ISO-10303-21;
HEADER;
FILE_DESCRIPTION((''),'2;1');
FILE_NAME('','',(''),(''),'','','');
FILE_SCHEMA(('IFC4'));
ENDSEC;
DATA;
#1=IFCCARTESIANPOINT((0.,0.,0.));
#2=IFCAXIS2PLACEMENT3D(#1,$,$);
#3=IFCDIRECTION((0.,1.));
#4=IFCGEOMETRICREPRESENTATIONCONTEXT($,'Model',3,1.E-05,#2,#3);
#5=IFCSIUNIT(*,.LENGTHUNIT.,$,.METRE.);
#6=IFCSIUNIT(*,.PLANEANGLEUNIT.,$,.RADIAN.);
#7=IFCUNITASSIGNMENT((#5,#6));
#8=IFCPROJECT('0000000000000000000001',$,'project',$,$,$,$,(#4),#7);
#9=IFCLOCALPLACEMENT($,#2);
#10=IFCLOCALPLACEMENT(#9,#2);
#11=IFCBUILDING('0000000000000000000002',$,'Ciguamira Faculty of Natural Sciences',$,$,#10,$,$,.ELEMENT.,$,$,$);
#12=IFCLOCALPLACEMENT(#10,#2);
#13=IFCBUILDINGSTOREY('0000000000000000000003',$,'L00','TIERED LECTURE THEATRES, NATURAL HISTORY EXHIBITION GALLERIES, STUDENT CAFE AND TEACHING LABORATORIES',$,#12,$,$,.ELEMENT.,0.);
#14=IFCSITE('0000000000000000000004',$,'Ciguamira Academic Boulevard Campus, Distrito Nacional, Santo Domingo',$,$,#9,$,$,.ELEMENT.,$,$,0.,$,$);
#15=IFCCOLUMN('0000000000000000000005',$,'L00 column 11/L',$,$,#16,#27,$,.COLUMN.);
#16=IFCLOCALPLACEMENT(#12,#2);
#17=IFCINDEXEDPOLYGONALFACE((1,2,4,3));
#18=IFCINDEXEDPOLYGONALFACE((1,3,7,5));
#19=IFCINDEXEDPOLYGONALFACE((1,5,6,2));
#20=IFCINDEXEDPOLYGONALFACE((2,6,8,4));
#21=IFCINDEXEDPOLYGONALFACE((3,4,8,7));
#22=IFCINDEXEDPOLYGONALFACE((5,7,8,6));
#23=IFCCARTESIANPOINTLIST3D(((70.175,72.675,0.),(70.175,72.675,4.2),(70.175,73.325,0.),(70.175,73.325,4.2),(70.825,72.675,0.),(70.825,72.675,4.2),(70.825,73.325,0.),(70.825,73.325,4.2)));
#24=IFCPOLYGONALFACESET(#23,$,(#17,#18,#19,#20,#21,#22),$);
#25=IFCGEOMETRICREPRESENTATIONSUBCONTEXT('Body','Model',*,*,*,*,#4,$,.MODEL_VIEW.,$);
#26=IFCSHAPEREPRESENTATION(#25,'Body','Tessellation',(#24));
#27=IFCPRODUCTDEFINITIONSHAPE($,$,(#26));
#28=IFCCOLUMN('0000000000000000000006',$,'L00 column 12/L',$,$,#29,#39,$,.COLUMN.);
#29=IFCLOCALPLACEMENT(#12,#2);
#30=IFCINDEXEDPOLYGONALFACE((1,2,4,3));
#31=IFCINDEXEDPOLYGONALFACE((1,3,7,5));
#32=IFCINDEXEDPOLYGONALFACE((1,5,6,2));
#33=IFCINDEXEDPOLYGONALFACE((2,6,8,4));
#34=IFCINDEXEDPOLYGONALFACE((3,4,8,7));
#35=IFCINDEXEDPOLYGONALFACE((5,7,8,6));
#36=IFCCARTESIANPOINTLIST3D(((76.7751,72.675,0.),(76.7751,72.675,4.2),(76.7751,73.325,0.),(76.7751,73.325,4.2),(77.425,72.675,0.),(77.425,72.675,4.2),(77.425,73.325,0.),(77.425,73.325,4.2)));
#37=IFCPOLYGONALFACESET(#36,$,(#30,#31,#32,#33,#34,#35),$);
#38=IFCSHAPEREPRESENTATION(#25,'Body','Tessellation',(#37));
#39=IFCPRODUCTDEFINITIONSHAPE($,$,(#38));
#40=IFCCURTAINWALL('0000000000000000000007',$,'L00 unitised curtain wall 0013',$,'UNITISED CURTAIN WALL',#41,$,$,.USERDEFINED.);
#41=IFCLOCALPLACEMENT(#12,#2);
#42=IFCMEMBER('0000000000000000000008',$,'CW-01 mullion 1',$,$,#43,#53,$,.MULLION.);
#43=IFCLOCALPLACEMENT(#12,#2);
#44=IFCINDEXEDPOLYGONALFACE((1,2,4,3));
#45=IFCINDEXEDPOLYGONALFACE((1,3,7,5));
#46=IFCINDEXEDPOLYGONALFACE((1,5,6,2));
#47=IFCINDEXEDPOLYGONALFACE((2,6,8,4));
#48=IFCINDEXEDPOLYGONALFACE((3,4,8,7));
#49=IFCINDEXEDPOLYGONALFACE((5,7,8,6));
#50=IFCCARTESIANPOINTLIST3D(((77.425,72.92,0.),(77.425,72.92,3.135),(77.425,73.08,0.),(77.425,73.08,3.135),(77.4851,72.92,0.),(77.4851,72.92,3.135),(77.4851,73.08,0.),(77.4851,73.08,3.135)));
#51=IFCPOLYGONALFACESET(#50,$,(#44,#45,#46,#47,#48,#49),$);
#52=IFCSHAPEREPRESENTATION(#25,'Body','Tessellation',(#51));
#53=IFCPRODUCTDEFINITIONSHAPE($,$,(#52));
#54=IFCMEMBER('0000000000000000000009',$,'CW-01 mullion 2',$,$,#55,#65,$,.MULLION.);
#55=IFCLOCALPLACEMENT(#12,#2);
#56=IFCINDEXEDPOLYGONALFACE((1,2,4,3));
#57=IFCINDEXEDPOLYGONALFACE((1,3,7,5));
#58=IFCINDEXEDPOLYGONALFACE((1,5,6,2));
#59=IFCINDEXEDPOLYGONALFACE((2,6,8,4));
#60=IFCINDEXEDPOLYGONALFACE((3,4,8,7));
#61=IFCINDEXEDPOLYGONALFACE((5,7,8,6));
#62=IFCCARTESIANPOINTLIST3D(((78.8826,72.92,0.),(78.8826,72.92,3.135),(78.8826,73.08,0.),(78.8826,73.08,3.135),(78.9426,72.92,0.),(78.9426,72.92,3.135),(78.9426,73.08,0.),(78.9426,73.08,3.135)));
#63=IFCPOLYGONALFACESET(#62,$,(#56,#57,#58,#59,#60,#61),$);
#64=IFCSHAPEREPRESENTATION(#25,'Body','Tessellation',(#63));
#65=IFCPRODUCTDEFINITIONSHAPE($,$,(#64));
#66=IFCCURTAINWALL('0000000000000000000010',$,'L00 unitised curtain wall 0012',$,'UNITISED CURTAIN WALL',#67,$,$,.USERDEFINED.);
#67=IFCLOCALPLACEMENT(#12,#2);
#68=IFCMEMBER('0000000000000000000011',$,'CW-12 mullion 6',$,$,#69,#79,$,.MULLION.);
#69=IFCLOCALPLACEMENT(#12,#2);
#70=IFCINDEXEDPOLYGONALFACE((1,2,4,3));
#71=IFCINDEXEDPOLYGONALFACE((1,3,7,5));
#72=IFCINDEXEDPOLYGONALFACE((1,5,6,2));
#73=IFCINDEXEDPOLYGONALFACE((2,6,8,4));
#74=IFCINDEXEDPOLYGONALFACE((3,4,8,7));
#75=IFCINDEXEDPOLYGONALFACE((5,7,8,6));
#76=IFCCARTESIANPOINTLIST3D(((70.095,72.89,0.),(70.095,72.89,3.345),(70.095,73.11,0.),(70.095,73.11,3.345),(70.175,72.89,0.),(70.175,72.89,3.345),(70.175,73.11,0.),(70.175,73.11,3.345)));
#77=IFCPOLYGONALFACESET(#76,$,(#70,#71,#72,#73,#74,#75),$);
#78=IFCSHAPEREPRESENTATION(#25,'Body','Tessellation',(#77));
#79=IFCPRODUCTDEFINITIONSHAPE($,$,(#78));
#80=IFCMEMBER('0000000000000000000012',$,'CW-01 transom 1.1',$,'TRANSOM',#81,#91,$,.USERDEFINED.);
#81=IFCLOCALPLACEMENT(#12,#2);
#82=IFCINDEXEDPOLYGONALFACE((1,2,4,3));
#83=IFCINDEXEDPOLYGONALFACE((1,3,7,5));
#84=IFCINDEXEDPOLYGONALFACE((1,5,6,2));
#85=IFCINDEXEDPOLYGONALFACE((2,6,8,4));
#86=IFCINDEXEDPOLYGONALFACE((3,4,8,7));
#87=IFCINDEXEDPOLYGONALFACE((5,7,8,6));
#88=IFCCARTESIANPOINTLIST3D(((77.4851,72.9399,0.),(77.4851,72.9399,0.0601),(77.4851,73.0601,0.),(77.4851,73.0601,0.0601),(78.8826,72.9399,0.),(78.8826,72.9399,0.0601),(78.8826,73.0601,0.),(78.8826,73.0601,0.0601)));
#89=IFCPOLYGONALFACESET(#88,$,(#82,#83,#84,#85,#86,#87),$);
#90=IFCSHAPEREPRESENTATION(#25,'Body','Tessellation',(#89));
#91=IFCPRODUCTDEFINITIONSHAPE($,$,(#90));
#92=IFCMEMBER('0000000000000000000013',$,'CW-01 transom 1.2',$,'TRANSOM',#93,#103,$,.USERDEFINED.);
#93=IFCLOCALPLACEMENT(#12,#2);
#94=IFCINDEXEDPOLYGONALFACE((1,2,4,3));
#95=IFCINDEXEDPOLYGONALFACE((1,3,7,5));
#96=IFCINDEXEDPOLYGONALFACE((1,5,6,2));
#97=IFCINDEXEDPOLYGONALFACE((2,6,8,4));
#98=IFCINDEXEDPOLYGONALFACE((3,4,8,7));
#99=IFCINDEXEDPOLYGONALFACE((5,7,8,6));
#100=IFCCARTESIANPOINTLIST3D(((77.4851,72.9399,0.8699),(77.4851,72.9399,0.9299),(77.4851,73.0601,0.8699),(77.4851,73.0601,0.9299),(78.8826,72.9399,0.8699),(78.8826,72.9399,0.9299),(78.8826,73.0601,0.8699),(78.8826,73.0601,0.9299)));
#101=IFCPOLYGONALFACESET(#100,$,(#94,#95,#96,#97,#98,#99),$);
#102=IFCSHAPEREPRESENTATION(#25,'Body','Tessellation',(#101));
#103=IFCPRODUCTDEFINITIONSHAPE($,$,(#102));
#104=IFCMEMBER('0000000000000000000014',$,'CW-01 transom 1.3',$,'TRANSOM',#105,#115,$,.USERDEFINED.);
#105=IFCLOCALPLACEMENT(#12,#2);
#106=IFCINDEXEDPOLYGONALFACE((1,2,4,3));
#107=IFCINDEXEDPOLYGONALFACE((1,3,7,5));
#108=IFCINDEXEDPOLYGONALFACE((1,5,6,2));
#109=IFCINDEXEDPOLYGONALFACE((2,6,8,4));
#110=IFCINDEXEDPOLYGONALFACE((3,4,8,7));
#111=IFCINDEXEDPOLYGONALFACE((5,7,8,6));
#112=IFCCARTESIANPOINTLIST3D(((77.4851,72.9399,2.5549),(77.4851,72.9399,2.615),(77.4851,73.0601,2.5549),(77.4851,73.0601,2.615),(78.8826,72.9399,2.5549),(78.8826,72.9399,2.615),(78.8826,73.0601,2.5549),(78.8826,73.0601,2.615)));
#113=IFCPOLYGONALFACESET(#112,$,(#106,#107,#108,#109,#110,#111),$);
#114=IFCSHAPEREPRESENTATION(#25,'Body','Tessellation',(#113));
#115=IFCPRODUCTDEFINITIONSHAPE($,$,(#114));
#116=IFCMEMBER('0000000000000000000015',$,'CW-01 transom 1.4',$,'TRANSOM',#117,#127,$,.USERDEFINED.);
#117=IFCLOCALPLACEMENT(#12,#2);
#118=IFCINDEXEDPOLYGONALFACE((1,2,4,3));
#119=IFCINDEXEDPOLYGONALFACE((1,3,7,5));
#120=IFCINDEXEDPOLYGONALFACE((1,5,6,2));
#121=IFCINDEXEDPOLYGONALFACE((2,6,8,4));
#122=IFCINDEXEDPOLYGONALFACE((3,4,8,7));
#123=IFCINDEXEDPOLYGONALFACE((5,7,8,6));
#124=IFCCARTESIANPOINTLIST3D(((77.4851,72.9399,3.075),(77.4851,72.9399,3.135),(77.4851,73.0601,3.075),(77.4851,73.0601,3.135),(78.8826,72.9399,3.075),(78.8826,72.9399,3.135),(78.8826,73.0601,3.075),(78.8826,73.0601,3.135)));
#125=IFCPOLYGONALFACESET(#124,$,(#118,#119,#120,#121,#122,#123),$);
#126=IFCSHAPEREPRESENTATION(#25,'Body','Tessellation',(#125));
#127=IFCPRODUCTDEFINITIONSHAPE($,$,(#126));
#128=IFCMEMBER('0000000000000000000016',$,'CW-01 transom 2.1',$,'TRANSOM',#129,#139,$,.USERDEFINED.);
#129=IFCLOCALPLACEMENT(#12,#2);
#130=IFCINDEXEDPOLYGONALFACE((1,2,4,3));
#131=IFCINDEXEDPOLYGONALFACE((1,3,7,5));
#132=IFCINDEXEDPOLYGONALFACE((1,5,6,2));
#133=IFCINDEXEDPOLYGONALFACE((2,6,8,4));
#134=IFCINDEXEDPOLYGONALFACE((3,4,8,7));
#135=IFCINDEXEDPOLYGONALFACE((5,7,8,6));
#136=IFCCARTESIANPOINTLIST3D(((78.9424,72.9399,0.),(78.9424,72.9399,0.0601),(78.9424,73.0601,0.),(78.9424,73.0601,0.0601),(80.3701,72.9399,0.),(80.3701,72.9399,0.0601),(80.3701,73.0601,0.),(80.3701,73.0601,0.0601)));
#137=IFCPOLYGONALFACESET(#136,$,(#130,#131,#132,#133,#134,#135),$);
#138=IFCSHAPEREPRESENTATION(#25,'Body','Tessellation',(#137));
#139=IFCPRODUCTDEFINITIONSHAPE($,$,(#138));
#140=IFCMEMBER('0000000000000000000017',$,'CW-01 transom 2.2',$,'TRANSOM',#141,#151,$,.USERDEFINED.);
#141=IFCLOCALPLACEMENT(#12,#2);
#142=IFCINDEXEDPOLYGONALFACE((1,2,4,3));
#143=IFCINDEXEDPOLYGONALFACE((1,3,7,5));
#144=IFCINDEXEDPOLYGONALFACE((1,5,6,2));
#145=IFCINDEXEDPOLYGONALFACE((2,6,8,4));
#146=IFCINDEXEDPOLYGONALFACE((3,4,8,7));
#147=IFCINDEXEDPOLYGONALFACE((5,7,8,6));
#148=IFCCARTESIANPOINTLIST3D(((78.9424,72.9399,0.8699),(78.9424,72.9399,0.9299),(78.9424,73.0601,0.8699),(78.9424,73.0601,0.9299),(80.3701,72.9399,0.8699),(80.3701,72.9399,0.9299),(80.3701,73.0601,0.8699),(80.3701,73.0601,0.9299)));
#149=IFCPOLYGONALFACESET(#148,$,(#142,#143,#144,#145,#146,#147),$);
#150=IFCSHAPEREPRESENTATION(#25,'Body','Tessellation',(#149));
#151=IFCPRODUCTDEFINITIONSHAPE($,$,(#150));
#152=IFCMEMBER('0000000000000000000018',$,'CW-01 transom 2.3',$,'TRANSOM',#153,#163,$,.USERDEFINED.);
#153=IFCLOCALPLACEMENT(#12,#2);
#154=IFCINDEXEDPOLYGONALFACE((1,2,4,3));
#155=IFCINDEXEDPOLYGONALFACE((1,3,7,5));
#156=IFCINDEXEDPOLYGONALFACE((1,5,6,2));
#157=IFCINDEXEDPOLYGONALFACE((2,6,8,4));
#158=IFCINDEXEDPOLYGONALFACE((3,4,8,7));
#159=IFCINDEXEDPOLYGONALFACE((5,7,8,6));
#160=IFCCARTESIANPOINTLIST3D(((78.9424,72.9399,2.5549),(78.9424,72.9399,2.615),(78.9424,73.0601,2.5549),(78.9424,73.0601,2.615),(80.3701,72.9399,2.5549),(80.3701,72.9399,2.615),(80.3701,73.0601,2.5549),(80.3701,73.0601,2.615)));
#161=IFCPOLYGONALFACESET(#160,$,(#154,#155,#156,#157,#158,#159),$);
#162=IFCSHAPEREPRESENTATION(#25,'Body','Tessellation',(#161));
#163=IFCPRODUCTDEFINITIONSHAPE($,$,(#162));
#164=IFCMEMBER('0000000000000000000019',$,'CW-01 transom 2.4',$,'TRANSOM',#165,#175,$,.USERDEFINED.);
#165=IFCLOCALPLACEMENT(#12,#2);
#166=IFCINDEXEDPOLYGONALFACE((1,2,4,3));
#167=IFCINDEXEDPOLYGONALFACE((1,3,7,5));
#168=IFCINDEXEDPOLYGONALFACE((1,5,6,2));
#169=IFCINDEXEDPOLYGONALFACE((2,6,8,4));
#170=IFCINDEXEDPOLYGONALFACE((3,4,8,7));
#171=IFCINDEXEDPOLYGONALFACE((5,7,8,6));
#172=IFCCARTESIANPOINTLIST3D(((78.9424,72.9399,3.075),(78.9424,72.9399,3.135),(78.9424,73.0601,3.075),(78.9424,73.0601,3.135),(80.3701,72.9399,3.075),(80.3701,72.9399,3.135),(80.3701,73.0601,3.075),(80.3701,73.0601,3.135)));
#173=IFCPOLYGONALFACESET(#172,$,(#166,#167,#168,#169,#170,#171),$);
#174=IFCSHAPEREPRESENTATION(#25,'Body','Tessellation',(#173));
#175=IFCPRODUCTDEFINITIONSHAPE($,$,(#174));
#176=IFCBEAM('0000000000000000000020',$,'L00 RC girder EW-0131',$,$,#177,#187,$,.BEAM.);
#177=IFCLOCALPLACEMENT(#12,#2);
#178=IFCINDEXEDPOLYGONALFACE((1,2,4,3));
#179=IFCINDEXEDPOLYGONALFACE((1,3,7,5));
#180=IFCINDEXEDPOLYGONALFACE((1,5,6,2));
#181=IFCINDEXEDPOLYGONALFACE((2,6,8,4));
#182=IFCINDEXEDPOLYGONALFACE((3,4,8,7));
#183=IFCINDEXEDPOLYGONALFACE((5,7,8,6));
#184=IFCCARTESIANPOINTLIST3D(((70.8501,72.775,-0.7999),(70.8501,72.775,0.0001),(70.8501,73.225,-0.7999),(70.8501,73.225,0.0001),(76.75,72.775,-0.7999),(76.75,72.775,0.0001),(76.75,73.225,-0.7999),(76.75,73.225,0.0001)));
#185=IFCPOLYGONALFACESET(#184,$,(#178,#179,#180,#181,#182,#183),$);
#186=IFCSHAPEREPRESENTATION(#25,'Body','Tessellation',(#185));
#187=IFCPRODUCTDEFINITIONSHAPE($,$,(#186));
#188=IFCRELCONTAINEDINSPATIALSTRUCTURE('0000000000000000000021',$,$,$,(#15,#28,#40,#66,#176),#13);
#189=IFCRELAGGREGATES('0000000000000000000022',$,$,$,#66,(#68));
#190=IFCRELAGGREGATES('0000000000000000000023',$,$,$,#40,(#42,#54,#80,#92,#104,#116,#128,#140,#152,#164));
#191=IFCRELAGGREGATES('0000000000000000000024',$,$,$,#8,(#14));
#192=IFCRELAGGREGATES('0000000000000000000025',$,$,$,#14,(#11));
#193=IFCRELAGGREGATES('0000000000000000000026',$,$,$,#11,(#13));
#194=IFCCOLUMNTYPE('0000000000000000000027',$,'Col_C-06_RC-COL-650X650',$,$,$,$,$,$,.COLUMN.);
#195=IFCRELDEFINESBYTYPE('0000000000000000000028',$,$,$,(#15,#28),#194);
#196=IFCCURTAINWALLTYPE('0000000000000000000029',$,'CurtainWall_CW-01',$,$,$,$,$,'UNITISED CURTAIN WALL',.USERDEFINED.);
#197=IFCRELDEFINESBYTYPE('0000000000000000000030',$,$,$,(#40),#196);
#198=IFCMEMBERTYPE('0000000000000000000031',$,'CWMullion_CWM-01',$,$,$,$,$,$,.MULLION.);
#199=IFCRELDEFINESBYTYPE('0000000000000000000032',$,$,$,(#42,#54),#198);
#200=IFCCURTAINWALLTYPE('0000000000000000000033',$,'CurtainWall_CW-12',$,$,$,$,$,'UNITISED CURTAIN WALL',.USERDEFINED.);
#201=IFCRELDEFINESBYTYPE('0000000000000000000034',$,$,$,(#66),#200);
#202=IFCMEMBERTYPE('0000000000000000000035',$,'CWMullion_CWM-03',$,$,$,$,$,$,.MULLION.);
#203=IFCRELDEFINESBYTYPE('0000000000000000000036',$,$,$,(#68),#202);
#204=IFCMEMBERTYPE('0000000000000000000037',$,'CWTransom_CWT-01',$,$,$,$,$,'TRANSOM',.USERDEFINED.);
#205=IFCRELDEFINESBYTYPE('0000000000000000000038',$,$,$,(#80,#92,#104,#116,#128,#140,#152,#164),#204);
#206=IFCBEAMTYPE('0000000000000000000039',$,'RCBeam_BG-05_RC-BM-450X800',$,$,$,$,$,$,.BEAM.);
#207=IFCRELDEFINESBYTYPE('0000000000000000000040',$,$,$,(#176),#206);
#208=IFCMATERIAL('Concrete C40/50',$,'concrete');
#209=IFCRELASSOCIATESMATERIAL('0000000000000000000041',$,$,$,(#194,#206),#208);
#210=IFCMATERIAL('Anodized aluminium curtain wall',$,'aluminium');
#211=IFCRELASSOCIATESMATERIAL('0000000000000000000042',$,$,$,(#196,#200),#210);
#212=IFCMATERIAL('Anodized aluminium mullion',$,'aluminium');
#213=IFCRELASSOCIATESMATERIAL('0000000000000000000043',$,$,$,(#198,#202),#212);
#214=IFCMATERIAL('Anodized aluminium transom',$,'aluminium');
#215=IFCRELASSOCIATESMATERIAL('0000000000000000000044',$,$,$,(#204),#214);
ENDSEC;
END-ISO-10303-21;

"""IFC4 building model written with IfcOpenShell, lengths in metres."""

from ifc_helpers import new_model, si_unit, direction, frame, origin, origin_2d, place, context, subcontext, project, spatial, rectangle, extrude, material, material_profile, profile_set, type_object, element, aggregate, save


model = new_model("IFC4")

# Units and contexts
model_context = context("Model", 3, precision=1e-05, world=origin(), true_north=direction((0.0, 1.0)))
body_context = subcontext(model_context, "Body", "Model", "MODEL_VIEW")
ifc_project = project(units=[si_unit("LENGTHUNIT", "METRE"), si_unit("PLANEANGLEUNIT", "RADIAN")], contexts=[model_context])

# Site, building, storey
site_placement = place(None, origin())
site = spatial("IfcSite", under=ifc_project, at=site_placement, Name="Ciguamira Academic Boulevard Campus, Distrito Nacional, Santo Domingo", CompositionType="ELEMENT", RefElevation=0.0)
building_placement = place(site_placement, origin())
building = spatial("IfcBuilding", under=site, at=building_placement, Name="Ciguamira Faculty of Natural Sciences", CompositionType="ELEMENT")
storey_placement = place(building_placement, origin())
storey = spatial("IfcBuildingStorey", under=building, at=storey_placement, Name="L00", Description="TIERED LECTURE THEATRES, NATURAL HISTORY EXHIBITION GALLERIES, STUDENT CAFE AND TEACHING LABORATORIES", CompositionType="ELEMENT", Elevation=0.0)

# Columns
ifc_material_1 = material(Name="Concrete C40/50", Category="concrete")
ifc_material_profile_1 = material_profile(ifc_material_1, rectangle(XDim=0.6499, YDim=0.6499, at=origin_2d()), Name="RC-COL-650X650")
ifc_profile_set_1 = profile_set([ifc_material_profile_1], Name="Concrete C40/50")
column_type = type_object("IfcColumnType", Name="Col_C-06_RC-COL-650X650", PredefinedType="COLUMN", material=ifc_profile_set_1)
for number, where, z_axis, x_axis, name in (
    (1, (70.5, 73.0, 0.0), (0.0, 0.0, 1.0), (1.0, 0.0, 0.0), "L00 column 11/L"),
    (2, (77.1001, 73.0, 0.0), (0.0, 0.0, 1.0), (1.0, 0.0, 0.0), "L00 column 12/L"),
):
    element("IfcColumn", number, at=place(storey_placement, frame(where, z_axis=z_axis, x_axis=x_axis)), inside=storey, type_object=column_type, Name=name, PredefinedType="COLUMN", context=body_context, shape_type="SweptSolid", body=[
        extrude(rectangle(XDim=0.6499, YDim=0.6499, at=origin_2d()), origin(), (0.0, 0.0, 1.0), 4.2),
    ])

# Curtain wall, members
ifc_material_2 = material(Name="Anodized aluminium curtain wall", Category="aluminium")
curtain_wall_type_1 = type_object("IfcCurtainWallType", Name="CurtainWall_CW-01", ElementType="UNITISED CURTAIN WALL", PredefinedType="USERDEFINED", material=ifc_material_2)
curtain_wall_1_placement = place(storey_placement, origin())
curtain_wall_1 = element("IfcCurtainWall", 3, at=curtain_wall_1_placement, inside=storey, type_object=curtain_wall_type_1, Name="L00 unitised curtain wall 0013", ObjectType="UNITISED CURTAIN WALL", PredefinedType="USERDEFINED")
ifc_material_3 = material(Name="Anodized aluminium mullion", Category="aluminium")
ifc_material_profile_2 = material_profile(ifc_material_3, rectangle(XDim=0.0601, YDim=0.1599, at=origin_2d()), Name="ALU-MUL-60X160")
ifc_profile_set_2 = profile_set([ifc_material_profile_2], Name="Anodized aluminium mullion")
member_type_1 = type_object("IfcMemberType", Name="CWMullion_CWM-01", PredefinedType="MULLION", material=ifc_profile_set_2)
member_1_placement = place(storey_placement, frame((77.4551, 73.0, 0.0), z_axis=(0.0, 0.0, 1.0), x_axis=(1.0, 0.0, 0.0)))
member_1 = element("IfcMember", 4, at=member_1_placement, type_object=member_type_1, Name="CW-01 mullion 1", PredefinedType="MULLION", context=body_context, shape_type="SweptSolid", body=[
    extrude(rectangle(XDim=0.0601, YDim=0.1599, at=origin_2d()), origin(), (0.0, 0.0, 1.0), 3.135),
])
member_2_placement = place(storey_placement, frame((78.9126, 73.0, 0.0), z_axis=(0.0, 0.0, 1.0), x_axis=(1.0, 0.0, 0.0)))
member_2 = element("IfcMember", 5, at=member_2_placement, type_object=member_type_1, Name="CW-01 mullion 2", PredefinedType="MULLION", context=body_context, shape_type="SweptSolid", body=[
    extrude(rectangle(XDim=0.0601, YDim=0.1599, at=origin_2d()), origin(), (0.0, 0.0, 1.0), 3.135),
])

# Curtain wall, member
curtain_wall_type_2 = type_object("IfcCurtainWallType", Name="CurtainWall_CW-12", ElementType="UNITISED CURTAIN WALL", PredefinedType="USERDEFINED", material=ifc_material_2)
curtain_wall_2_placement = place(storey_placement, origin())
curtain_wall_2 = element("IfcCurtainWall", 6, at=curtain_wall_2_placement, inside=storey, type_object=curtain_wall_type_2, Name="L00 unitised curtain wall 0012", ObjectType="UNITISED CURTAIN WALL", PredefinedType="USERDEFINED")
ifc_material_profile_3 = material_profile(ifc_material_3, rectangle(XDim=0.0801, YDim=0.22, at=origin_2d()), Name="ALU-MUL-80X220")
ifc_profile_set_3 = profile_set([ifc_material_profile_3], Name="Anodized aluminium mullion")
member_type_2 = type_object("IfcMemberType", Name="CWMullion_CWM-03", PredefinedType="MULLION", material=ifc_profile_set_3)
member_3_placement = place(storey_placement, frame((70.135, 73.0, 0.0), z_axis=(0.0, 0.0, 1.0), x_axis=(1.0, 0.0, 0.0)))
member_3 = element("IfcMember", 7, at=member_3_placement, type_object=member_type_2, Name="CW-12 mullion 6", PredefinedType="MULLION", context=body_context, shape_type="SweptSolid", body=[
    extrude(rectangle(XDim=0.0801, YDim=0.22, at=origin_2d()), origin(), (0.0, 0.0, 1.0), 3.345),
])
aggregate(curtain_wall_2, [member_3])

# Members
ifc_material_4 = material(Name="Anodized aluminium transom", Category="aluminium")
ifc_material_profile_4 = material_profile(ifc_material_4, rectangle(XDim=0.0601, YDim=0.1201, at=origin_2d()), Name="ALU-TRN-60X120")
ifc_profile_set_4 = profile_set([ifc_material_profile_4], Name="Anodized aluminium transom")
member_type_3 = type_object("IfcMemberType", Name="CWTransom_CWT-01", ElementType="TRANSOM", PredefinedType="USERDEFINED", material=ifc_profile_set_4)
member_4_placement = place(storey_placement, frame((77.4851, 73.0, 0.03), z_axis=(1.0, 0.0, 0.0), x_axis=(0.0, 0.0, 1.0)))
member_4 = element("IfcMember", 8, at=member_4_placement, type_object=member_type_3, Name="CW-01 transom 1.1", ObjectType="TRANSOM", PredefinedType="USERDEFINED", context=body_context, shape_type="SweptSolid", body=[
    extrude(rectangle(XDim=0.0601, YDim=0.1201, at=origin_2d()), origin(), (0.0, 0.0, 1.0), 1.3975),
])
member_5_placement = place(storey_placement, frame((77.4851, 73.0, 0.8999), z_axis=(1.0, 0.0, 0.0), x_axis=(0.0, 0.0, 1.0)))
member_5 = element("IfcMember", 9, at=member_5_placement, type_object=member_type_3, Name="CW-01 transom 1.2", ObjectType="TRANSOM", PredefinedType="USERDEFINED", context=body_context, shape_type="SweptSolid", body=[
    extrude(rectangle(XDim=0.0601, YDim=0.1201, at=origin_2d()), origin(), (0.0, 0.0, 1.0), 1.3975),
])
member_6_placement = place(storey_placement, frame((77.4851, 73.0, 2.585), z_axis=(1.0, 0.0, 0.0), x_axis=(0.0, 0.0, 1.0)))
member_6 = element("IfcMember", 10, at=member_6_placement, type_object=member_type_3, Name="CW-01 transom 1.3", ObjectType="TRANSOM", PredefinedType="USERDEFINED", context=body_context, shape_type="SweptSolid", body=[
    extrude(rectangle(XDim=0.0601, YDim=0.1201, at=origin_2d()), origin(), (0.0, 0.0, 1.0), 1.3975),
])
member_7_placement = place(storey_placement, frame((77.4851, 73.0, 3.105), z_axis=(1.0, 0.0, 0.0), x_axis=(0.0, 0.0, 1.0)))
member_7 = element("IfcMember", 11, at=member_7_placement, type_object=member_type_3, Name="CW-01 transom 1.4", ObjectType="TRANSOM", PredefinedType="USERDEFINED", context=body_context, shape_type="SweptSolid", body=[
    extrude(rectangle(XDim=0.0601, YDim=0.1201, at=origin_2d()), origin(), (0.0, 0.0, 1.0), 1.3975),
])
member_8_placement = place(storey_placement, frame((78.9424, 73.0, 0.03), z_axis=(1.0, 0.0, 0.0), x_axis=(0.0, 0.0, 1.0)))
member_8 = element("IfcMember", 12, at=member_8_placement, type_object=member_type_3, Name="CW-01 transom 2.1", ObjectType="TRANSOM", PredefinedType="USERDEFINED", context=body_context, shape_type="SweptSolid", body=[
    extrude(rectangle(XDim=0.0601, YDim=0.1201, at=origin_2d()), origin(), (0.0, 0.0, 1.0), 1.4277),
])
member_9_placement = place(storey_placement, frame((78.9424, 73.0, 0.8999), z_axis=(1.0, 0.0, 0.0), x_axis=(0.0, 0.0, 1.0)))
member_9 = element("IfcMember", 13, at=member_9_placement, type_object=member_type_3, Name="CW-01 transom 2.2", ObjectType="TRANSOM", PredefinedType="USERDEFINED", context=body_context, shape_type="SweptSolid", body=[
    extrude(rectangle(XDim=0.0601, YDim=0.1201, at=origin_2d()), origin(), (0.0, 0.0, 1.0), 1.4277),
])
member_10_placement = place(storey_placement, frame((78.9424, 73.0, 2.585), z_axis=(1.0, 0.0, 0.0), x_axis=(0.0, 0.0, 1.0)))
member_10 = element("IfcMember", 14, at=member_10_placement, type_object=member_type_3, Name="CW-01 transom 2.3", ObjectType="TRANSOM", PredefinedType="USERDEFINED", context=body_context, shape_type="SweptSolid", body=[
    extrude(rectangle(XDim=0.0601, YDim=0.1201, at=origin_2d()), origin(), (0.0, 0.0, 1.0), 1.4277),
])
member_11_placement = place(storey_placement, frame((78.9424, 73.0, 3.105), z_axis=(1.0, 0.0, 0.0), x_axis=(0.0, 0.0, 1.0)))
member_11 = element("IfcMember", 15, at=member_11_placement, type_object=member_type_3, Name="CW-01 transom 2.4", ObjectType="TRANSOM", PredefinedType="USERDEFINED", context=body_context, shape_type="SweptSolid", body=[
    extrude(rectangle(XDim=0.0601, YDim=0.1201, at=origin_2d()), origin(), (0.0, 0.0, 1.0), 1.4277),
])

# Beam
ifc_material_profile_5 = material_profile(ifc_material_1, rectangle(XDim=0.45, YDim=0.8, at=origin_2d()), Name="RC-BM-450X800")
ifc_profile_set_5 = profile_set([ifc_material_profile_5], Name="Concrete C40/50")
beam_type_1 = type_object("IfcBeamType", Name="RCBeam_BG-05_RC-BM-450X800", PredefinedType="BEAM", material=ifc_profile_set_5)
beam_1_placement = place(storey_placement, frame((70.8501, 73.0, -0.3999), z_axis=(1.0, 0.0, 0.0), x_axis=(0.0, 1.0, 0.0)))
element("IfcBeam", 16, at=beam_1_placement, inside=storey, type_object=beam_type_1, Name="L00 RC girder EW-0131", PredefinedType="BEAM", context=body_context, shape_type="SweptSolid", body=[
    extrude(rectangle(XDim=0.45, YDim=0.8, at=origin_2d()), origin(), (0.0, 0.0, 1.0), 5.8999),
])

aggregate(curtain_wall_1, [member_1, member_2, member_4, member_5, member_6, member_7, member_8, member_9, member_10, member_11])

save(model, "model.ifc")
